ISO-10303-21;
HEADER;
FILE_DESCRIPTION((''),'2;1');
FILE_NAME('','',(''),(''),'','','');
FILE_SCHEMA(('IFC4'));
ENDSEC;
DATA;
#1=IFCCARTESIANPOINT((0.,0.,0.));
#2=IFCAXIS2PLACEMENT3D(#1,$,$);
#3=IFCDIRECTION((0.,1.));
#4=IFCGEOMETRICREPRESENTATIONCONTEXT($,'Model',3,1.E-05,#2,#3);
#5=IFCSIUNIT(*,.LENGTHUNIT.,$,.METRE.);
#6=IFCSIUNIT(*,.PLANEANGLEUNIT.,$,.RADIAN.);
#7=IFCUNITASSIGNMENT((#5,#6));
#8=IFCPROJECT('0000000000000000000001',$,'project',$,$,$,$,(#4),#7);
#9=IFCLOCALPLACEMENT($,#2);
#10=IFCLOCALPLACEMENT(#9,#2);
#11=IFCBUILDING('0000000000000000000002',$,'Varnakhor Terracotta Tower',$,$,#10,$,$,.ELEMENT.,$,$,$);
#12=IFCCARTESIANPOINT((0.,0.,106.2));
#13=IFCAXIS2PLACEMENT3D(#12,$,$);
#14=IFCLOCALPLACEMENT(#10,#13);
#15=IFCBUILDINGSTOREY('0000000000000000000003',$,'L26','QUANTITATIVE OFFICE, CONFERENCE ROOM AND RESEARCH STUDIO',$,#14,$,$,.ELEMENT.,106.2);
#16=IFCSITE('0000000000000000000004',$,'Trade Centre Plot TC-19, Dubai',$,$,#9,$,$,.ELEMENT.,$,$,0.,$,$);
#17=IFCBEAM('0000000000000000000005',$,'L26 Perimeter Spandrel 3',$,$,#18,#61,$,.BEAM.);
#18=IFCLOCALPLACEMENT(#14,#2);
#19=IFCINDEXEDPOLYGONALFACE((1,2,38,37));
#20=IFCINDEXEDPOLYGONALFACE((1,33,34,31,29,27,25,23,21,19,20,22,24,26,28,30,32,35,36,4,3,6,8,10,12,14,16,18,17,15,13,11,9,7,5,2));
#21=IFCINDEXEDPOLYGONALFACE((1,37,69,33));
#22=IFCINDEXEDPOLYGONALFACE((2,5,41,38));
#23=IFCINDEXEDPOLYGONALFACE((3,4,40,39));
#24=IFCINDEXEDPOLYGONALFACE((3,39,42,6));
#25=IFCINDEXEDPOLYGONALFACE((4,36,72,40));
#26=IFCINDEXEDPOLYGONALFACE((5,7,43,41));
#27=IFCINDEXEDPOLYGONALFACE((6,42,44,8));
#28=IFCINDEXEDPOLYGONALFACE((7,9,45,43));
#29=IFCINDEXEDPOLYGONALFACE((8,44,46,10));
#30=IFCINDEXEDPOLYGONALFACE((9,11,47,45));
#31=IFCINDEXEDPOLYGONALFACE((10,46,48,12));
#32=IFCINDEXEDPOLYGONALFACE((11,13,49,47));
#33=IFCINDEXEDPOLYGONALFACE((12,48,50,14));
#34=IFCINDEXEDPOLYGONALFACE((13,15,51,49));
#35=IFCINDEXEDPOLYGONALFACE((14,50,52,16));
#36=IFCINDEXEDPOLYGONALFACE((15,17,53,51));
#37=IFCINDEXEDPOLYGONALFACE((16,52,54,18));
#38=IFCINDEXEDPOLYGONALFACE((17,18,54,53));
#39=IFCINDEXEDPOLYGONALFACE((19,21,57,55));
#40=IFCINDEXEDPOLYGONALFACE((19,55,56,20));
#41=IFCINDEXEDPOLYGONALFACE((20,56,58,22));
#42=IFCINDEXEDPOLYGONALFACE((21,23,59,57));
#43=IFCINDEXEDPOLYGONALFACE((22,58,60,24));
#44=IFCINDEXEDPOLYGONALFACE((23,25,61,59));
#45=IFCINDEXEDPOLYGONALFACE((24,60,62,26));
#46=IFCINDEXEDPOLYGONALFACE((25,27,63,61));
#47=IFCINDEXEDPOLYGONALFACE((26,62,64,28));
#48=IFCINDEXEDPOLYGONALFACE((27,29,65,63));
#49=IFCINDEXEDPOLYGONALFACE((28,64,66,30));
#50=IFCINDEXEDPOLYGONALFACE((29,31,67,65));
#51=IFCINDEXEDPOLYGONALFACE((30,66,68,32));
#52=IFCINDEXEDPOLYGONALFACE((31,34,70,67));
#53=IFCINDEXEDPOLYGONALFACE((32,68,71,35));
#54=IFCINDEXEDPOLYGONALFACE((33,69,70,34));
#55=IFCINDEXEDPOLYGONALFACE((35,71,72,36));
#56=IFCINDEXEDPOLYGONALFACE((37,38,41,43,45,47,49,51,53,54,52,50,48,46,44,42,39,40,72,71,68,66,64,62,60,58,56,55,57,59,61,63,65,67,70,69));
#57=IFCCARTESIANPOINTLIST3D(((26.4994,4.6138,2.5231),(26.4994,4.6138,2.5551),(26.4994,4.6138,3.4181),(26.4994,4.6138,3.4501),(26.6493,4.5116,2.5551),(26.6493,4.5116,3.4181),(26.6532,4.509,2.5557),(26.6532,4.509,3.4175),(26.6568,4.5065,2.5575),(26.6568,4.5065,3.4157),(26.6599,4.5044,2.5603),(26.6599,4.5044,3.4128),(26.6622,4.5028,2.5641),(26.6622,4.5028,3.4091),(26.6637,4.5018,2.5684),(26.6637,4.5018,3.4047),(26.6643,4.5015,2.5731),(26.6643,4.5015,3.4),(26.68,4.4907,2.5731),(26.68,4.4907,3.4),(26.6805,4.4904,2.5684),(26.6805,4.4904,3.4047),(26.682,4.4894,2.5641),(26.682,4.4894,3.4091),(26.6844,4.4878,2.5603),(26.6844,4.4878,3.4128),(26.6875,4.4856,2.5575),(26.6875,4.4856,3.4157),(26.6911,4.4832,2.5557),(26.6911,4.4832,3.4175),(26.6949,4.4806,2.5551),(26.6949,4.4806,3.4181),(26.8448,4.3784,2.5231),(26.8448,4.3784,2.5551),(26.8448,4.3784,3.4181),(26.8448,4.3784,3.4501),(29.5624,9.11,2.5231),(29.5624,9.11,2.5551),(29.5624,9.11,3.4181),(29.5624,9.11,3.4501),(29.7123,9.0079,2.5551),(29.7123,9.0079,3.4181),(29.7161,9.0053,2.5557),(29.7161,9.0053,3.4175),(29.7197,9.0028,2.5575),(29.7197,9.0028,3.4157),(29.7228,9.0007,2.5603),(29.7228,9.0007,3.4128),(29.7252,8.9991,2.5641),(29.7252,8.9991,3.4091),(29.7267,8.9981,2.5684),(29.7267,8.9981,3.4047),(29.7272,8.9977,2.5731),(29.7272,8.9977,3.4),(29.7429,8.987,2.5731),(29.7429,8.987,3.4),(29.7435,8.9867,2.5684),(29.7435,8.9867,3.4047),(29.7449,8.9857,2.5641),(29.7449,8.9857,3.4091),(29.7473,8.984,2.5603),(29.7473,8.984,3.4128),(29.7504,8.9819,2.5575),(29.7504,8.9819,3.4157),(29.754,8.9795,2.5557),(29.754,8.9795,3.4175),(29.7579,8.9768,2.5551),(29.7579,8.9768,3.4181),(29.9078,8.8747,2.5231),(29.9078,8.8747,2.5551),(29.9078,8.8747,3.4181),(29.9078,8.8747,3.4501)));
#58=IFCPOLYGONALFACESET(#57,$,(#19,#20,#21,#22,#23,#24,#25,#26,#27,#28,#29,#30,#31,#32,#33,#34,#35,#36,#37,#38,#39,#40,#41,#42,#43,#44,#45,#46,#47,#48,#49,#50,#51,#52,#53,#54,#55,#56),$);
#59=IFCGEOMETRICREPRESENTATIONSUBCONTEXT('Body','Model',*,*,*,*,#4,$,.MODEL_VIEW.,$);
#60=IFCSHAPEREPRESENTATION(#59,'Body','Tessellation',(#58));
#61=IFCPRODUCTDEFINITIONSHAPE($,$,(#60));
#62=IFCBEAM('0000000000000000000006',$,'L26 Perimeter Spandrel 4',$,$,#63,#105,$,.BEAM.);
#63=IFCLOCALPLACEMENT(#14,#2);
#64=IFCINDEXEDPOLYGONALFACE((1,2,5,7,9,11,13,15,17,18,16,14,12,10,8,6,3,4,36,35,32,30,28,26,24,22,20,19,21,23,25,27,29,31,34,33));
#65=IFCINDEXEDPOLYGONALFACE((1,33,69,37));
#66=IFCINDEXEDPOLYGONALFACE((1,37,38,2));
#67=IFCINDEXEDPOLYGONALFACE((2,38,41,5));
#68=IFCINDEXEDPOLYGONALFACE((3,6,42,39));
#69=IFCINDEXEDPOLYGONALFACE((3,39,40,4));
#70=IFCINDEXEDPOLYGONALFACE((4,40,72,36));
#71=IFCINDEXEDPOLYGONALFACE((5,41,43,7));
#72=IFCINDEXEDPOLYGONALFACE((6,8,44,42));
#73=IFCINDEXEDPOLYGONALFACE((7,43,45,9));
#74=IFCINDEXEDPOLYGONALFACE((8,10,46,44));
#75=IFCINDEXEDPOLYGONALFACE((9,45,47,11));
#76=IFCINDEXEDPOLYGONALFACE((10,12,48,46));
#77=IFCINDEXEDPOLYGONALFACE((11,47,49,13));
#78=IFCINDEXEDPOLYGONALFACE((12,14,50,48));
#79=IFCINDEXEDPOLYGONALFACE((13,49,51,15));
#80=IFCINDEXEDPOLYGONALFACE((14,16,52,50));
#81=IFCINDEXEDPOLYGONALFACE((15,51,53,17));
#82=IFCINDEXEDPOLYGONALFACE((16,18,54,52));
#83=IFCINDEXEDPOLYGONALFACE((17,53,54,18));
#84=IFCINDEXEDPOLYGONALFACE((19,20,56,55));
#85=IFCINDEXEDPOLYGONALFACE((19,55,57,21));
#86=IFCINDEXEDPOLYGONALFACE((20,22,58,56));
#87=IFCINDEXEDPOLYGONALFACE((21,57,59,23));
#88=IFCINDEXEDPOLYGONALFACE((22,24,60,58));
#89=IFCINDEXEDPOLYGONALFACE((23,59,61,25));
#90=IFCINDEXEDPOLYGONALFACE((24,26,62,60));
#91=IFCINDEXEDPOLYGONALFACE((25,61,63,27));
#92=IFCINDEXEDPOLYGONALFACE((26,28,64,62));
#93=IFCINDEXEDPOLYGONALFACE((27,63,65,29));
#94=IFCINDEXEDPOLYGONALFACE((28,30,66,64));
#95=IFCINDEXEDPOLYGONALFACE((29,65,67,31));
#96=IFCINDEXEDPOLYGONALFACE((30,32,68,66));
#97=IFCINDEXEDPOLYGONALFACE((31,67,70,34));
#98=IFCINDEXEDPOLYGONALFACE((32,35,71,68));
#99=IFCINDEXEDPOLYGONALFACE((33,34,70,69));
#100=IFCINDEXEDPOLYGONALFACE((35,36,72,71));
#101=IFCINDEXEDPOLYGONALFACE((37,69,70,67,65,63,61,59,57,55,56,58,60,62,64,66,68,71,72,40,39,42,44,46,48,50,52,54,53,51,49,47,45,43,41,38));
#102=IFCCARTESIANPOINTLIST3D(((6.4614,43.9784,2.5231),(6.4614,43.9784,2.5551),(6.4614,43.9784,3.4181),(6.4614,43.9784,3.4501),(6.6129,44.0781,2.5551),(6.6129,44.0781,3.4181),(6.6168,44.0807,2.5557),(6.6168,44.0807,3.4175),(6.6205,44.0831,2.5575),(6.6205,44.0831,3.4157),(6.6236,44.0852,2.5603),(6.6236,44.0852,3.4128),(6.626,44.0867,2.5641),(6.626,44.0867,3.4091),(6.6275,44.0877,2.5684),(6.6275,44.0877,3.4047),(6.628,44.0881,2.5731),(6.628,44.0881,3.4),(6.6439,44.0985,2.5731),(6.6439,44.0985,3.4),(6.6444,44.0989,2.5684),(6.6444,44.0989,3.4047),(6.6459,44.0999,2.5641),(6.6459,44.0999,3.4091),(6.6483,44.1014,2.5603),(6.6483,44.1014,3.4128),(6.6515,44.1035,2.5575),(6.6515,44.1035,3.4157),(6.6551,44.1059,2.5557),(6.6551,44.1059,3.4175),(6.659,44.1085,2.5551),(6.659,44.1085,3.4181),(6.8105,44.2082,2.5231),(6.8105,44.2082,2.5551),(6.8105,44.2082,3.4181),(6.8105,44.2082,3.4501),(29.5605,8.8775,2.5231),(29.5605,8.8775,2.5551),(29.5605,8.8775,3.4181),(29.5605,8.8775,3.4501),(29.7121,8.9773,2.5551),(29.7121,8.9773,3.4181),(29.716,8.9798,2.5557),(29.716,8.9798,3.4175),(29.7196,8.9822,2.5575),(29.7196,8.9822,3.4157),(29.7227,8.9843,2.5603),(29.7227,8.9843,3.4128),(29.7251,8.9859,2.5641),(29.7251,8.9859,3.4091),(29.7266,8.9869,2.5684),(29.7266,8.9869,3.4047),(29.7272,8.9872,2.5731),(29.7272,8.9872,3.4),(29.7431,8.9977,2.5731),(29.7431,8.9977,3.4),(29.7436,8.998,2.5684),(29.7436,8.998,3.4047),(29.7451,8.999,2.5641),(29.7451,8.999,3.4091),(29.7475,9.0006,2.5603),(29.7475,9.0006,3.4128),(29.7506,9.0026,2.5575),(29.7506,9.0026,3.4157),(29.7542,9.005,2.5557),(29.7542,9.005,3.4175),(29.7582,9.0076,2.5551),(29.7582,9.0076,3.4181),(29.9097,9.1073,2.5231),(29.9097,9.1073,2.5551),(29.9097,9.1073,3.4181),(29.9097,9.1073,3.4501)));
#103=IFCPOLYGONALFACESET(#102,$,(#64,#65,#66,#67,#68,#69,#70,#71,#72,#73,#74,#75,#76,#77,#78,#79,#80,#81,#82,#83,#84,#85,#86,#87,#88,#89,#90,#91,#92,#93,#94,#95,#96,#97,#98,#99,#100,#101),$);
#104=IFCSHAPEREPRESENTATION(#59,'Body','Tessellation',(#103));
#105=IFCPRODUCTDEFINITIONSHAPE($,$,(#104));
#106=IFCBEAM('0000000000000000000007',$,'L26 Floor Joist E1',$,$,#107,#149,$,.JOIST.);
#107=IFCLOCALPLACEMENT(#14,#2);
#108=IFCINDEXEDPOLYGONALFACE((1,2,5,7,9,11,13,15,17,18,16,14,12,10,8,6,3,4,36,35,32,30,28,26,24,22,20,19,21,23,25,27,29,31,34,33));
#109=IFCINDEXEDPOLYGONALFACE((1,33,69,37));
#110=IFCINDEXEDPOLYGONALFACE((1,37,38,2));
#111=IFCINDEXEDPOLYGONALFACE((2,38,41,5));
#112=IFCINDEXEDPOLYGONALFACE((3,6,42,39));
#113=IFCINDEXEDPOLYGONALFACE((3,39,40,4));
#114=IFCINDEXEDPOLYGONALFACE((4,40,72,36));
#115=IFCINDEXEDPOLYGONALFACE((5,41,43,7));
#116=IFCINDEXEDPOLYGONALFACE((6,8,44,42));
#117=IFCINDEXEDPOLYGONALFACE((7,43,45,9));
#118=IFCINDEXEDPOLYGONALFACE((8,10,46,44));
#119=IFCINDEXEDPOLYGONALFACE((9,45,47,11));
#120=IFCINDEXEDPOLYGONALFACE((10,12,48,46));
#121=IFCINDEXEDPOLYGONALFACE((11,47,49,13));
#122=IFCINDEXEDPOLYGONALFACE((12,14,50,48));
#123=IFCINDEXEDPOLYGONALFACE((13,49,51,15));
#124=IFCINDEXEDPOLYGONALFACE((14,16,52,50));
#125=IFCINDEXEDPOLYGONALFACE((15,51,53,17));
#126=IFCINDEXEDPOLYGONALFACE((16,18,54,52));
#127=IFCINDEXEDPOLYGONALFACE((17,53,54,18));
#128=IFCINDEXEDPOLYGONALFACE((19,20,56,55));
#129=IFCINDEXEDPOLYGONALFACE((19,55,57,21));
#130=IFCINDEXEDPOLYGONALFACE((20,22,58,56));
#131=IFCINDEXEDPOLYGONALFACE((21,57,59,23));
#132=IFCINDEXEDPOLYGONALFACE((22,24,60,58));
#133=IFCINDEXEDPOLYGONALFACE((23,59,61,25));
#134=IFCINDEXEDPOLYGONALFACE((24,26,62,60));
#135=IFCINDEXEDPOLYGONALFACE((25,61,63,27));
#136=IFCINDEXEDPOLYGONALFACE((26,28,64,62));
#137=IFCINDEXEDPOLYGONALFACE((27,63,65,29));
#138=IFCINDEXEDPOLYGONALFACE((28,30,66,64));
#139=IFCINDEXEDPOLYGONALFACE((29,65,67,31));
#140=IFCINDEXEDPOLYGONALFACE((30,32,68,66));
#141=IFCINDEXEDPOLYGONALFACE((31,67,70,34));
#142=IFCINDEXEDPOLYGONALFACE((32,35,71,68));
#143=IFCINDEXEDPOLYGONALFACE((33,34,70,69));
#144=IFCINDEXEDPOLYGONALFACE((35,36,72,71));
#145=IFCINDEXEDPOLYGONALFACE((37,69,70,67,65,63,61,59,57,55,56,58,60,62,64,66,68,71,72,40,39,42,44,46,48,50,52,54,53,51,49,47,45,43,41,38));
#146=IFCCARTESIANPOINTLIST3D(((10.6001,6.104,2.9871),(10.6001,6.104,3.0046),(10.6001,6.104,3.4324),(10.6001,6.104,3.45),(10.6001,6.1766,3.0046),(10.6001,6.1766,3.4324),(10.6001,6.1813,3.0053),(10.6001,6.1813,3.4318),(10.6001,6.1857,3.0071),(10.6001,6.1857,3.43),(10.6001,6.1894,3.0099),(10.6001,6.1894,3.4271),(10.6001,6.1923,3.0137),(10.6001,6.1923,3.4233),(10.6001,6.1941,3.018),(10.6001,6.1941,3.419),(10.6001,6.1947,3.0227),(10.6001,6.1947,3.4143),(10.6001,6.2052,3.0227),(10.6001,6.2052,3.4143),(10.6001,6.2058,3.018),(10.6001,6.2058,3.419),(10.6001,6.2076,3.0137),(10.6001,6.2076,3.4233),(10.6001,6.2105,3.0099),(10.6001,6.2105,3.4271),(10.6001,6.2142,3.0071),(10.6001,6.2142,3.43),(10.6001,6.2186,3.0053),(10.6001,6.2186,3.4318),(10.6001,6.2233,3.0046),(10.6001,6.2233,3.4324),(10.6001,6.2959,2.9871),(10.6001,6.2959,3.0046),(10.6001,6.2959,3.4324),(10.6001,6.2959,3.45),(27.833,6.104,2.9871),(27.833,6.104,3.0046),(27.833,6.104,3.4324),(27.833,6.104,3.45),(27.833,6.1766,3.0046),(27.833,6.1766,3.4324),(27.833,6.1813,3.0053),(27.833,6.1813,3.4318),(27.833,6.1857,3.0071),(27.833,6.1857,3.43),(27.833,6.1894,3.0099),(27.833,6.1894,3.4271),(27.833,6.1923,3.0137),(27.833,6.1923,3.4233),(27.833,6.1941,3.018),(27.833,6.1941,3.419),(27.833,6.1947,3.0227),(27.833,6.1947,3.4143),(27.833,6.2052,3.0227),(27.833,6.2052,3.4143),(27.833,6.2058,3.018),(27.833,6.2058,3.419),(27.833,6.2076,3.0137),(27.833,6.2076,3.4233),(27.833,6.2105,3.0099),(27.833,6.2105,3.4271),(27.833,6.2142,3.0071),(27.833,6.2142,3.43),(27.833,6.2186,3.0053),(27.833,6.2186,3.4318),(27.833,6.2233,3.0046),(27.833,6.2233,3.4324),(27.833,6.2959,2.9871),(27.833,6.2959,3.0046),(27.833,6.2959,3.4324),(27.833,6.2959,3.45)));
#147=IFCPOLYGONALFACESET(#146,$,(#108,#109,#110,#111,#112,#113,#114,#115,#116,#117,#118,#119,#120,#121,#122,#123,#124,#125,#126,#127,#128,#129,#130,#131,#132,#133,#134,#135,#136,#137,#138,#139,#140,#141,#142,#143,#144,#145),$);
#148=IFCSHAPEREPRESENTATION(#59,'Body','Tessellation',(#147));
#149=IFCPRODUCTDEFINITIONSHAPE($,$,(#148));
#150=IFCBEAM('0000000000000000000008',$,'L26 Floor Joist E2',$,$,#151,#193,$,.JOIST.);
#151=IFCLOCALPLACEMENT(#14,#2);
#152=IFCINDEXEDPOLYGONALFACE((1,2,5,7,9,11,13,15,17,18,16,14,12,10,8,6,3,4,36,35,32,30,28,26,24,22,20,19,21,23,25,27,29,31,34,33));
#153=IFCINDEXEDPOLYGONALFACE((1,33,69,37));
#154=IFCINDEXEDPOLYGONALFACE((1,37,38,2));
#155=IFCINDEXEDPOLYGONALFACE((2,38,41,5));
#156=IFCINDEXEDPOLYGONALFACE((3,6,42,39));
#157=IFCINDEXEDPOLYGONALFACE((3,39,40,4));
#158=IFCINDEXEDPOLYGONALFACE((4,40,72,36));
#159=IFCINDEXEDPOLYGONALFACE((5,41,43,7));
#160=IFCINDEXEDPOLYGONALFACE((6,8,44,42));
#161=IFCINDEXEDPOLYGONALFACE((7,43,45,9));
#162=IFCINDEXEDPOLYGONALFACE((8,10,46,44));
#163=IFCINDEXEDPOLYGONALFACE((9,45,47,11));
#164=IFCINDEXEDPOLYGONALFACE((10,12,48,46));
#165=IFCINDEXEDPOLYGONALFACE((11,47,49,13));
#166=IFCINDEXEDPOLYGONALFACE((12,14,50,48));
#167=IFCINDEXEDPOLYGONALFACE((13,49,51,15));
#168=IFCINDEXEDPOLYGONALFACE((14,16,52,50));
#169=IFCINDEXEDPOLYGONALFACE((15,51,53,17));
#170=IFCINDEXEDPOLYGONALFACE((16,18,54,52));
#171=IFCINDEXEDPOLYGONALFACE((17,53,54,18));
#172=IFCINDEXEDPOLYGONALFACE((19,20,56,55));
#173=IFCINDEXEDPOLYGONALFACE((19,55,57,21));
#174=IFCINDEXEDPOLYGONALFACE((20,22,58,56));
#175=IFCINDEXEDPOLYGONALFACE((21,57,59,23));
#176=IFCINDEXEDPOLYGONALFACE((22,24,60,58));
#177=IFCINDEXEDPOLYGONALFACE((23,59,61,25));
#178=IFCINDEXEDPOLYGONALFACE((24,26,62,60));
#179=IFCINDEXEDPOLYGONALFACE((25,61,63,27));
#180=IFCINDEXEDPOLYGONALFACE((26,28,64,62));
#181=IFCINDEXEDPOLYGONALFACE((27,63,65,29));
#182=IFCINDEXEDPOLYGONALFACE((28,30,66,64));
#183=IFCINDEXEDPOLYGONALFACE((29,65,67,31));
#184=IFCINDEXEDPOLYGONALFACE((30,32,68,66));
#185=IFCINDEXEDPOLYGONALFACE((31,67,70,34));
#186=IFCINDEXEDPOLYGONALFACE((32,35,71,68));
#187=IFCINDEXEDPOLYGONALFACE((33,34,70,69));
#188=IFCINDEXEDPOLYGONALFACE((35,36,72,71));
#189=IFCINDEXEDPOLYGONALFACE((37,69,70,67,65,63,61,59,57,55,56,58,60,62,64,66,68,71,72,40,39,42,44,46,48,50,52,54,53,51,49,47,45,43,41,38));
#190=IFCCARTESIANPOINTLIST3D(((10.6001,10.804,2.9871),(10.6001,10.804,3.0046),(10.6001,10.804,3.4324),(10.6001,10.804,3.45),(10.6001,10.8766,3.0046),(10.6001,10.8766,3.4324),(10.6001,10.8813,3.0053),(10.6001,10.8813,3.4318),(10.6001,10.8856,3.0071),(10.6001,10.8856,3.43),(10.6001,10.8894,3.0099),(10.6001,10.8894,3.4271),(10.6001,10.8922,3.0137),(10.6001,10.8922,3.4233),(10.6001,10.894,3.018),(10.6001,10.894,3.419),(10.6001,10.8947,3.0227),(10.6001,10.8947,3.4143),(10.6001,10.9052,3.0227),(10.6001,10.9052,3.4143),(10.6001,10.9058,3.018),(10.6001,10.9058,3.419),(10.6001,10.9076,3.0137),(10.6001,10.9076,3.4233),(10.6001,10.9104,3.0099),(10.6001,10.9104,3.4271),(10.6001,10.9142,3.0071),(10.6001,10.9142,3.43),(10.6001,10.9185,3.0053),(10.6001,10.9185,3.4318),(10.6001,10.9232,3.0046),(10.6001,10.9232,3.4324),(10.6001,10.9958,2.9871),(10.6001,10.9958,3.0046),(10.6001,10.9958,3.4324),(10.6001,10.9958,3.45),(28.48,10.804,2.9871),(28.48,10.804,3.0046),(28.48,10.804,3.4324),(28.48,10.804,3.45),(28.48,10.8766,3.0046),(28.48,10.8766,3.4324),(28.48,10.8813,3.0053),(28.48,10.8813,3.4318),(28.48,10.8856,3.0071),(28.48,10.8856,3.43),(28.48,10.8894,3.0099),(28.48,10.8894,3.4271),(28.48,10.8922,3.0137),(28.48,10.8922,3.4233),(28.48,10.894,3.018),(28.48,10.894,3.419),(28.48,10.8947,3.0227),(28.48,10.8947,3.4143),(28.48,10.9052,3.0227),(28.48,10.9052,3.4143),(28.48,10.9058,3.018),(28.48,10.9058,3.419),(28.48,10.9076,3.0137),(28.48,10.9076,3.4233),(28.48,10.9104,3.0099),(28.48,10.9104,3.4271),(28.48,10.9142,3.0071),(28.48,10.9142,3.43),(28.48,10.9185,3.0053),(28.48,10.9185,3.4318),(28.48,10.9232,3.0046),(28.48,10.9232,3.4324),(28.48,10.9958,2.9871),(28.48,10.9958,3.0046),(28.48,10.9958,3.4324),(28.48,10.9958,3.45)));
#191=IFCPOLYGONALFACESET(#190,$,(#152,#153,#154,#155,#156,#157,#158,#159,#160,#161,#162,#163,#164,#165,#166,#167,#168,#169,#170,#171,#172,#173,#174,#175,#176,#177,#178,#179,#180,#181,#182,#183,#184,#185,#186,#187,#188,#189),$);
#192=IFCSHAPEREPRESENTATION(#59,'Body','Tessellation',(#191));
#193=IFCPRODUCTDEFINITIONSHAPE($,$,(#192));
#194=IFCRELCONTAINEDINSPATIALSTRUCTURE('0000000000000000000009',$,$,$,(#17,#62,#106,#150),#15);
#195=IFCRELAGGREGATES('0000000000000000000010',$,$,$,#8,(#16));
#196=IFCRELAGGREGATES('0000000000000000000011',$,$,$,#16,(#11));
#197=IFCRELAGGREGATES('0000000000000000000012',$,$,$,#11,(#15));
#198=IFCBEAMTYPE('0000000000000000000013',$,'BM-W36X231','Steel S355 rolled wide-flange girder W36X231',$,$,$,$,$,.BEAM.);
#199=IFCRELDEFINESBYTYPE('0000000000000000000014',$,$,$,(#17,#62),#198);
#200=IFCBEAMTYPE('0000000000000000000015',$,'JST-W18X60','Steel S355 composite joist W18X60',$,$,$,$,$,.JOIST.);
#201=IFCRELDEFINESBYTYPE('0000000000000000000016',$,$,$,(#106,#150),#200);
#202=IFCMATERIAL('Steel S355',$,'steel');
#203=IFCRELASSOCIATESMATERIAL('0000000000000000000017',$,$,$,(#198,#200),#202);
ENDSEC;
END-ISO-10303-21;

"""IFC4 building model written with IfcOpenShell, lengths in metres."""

from ifc_helpers import new_model, si_unit, direction, frame, origin, origin_2d, place, context, subcontext, project, spatial, i_section, extrude, source, transform, mapped, material, material_profile, profile_set, type_object, element, save


model = new_model("IFC4")

# Units and contexts
model_context = context("Model", 3, precision=1e-05, world=origin(), true_north=direction((0.0, 1.0)))
body_context = subcontext(model_context, "Body", "Model", "MODEL_VIEW")
ifc_project = project(units=[si_unit("LENGTHUNIT", "METRE"), si_unit("PLANEANGLEUNIT", "RADIAN")], contexts=[model_context])

# Site, building, storey
site_placement = place(None, origin())
site = spatial("IfcSite", under=ifc_project, at=site_placement, Name="Trade Centre Plot TC-19, Dubai", CompositionType="ELEMENT", RefElevation=0.0)
building_placement = place(site_placement, origin())
building = spatial("IfcBuilding", under=site, at=building_placement, Name="Varnakhor Terracotta Tower", CompositionType="ELEMENT")
storey_placement = place(building_placement, frame((0.0, 0.0, 106.2)))
storey = spatial("IfcBuildingStorey", under=building, at=storey_placement, Name="L26", Description="QUANTITATIVE OFFICE, CONFERENCE ROOM AND RESEARCH STUDIO", CompositionType="ELEMENT", Elevation=106.2)

# Beams
ifc_material_1 = material(Name="Steel S355", Category="steel")
ifc_material_profile_1 = material_profile(ifc_material_1, i_section(OverallWidth=0.418, OverallDepth=0.927, WebThickness=0.019, FlangeThickness=0.032, FilletRadius=0.0181, at=origin_2d()), Name="W36X231")
ifc_profile_set_1 = profile_set([ifc_material_profile_1], Name="Steel S355")
beam_type_1 = type_object("IfcBeamType", Name="BM-W36X231", Description="Steel S355 rolled wide-flange girder W36X231", PredefinedType="BEAM", material=ifc_profile_set_1)
shared_shape_1 = source(origin(), body_context, "Body", "SweptSolid", [
    extrude(i_section(OverallWidth=0.418, OverallDepth=0.927, WebThickness=0.019, FlangeThickness=0.032, FilletRadius=0.0181, at=origin_2d()), origin(), (0.0, 0.0, 1.0), 5.4404),
])
beam_1_placement = place(storey_placement, frame((26.6721, 4.4961, 2.9866), z_axis=(0.562998, 0.826458, 0.0), x_axis=(-0.826458, 0.562998, 0.0)))
element("IfcBeam", 1, at=beam_1_placement, inside=storey, type_object=beam_type_1, Name="L26 Perimeter Spandrel 3", PredefinedType="BEAM", context=body_context, shape_type="MappedRepresentation", body=[
    mapped(shared_shape_1, transform((0.0, 0.0, 0.0), scale=1.0)),
])
shared_shape_2 = source(origin(), body_context, "Body", "SweptSolid", [
    extrude(i_section(OverallWidth=0.418, OverallDepth=0.927, WebThickness=0.019, FlangeThickness=0.032, FilletRadius=0.0181, at=origin_2d()), origin(), (0.0, 0.0, 1.0), 42.0195),
])
beam_2_placement = place(storey_placement, frame((29.7351, 8.9924, 2.9866), z_axis=(-0.549724, 0.835346, 0.0), x_axis=(-0.835346, -0.549724, 0.0)))
element("IfcBeam", 2, at=beam_2_placement, inside=storey, type_object=beam_type_1, Name="L26 Perimeter Spandrel 4", PredefinedType="BEAM", context=body_context, shape_type="MappedRepresentation", body=[
    mapped(shared_shape_2, transform((0.0, 0.0, 0.0), scale=1.0)),
])
ifc_material_profile_2 = material_profile(ifc_material_1, i_section(OverallWidth=0.1919, OverallDepth=0.4629, WebThickness=0.0105, FlangeThickness=0.0176, FilletRadius=0.0181, at=origin_2d()), Name="W18X60")
ifc_profile_set_2 = profile_set([ifc_material_profile_2], Name="Steel S355")
beam_type_2 = type_object("IfcBeamType", Name="JST-W18X60", Description="Steel S355 composite joist W18X60", PredefinedType="JOIST", material=ifc_profile_set_2)
shared_shape_3 = source(origin(), body_context, "Body", "SweptSolid", [
    extrude(i_section(OverallWidth=0.1919, OverallDepth=0.4629, WebThickness=0.0105, FlangeThickness=0.0176, FilletRadius=0.0181, at=origin_2d()), origin(), (0.0, 0.0, 1.0), 17.2329),
])
beam_3_placement = place(storey_placement, frame((10.6001, 6.2, 3.2185), z_axis=(1.0, 0.0, 0.0), x_axis=(0.0, 1.0, 0.0)))
element("IfcBeam", 3, at=beam_3_placement, inside=storey, type_object=beam_type_2, Name="L26 Floor Joist E1", PredefinedType="JOIST", context=body_context, shape_type="MappedRepresentation", body=[
    mapped(shared_shape_3, transform((0.0, 0.0, 0.0), scale=1.0)),
])
shared_shape_4 = source(origin(), body_context, "Body", "SweptSolid", [
    extrude(i_section(OverallWidth=0.1919, OverallDepth=0.4629, WebThickness=0.0105, FlangeThickness=0.0176, FilletRadius=0.0181, at=origin_2d()), origin(), (0.0, 0.0, 1.0), 17.8799),
])
beam_4_placement = place(storey_placement, frame((10.6001, 10.8999, 3.2185), z_axis=(1.0, 0.0, 0.0), x_axis=(0.0, 1.0, 0.0)))
element("IfcBeam", 4, at=beam_4_placement, inside=storey, type_object=beam_type_2, Name="L26 Floor Joist E2", PredefinedType="JOIST", context=body_context, shape_type="MappedRepresentation", body=[
    mapped(shared_shape_4, transform((0.0, 0.0, 0.0), scale=1.0)),
])

save(model, "model.ifc")
